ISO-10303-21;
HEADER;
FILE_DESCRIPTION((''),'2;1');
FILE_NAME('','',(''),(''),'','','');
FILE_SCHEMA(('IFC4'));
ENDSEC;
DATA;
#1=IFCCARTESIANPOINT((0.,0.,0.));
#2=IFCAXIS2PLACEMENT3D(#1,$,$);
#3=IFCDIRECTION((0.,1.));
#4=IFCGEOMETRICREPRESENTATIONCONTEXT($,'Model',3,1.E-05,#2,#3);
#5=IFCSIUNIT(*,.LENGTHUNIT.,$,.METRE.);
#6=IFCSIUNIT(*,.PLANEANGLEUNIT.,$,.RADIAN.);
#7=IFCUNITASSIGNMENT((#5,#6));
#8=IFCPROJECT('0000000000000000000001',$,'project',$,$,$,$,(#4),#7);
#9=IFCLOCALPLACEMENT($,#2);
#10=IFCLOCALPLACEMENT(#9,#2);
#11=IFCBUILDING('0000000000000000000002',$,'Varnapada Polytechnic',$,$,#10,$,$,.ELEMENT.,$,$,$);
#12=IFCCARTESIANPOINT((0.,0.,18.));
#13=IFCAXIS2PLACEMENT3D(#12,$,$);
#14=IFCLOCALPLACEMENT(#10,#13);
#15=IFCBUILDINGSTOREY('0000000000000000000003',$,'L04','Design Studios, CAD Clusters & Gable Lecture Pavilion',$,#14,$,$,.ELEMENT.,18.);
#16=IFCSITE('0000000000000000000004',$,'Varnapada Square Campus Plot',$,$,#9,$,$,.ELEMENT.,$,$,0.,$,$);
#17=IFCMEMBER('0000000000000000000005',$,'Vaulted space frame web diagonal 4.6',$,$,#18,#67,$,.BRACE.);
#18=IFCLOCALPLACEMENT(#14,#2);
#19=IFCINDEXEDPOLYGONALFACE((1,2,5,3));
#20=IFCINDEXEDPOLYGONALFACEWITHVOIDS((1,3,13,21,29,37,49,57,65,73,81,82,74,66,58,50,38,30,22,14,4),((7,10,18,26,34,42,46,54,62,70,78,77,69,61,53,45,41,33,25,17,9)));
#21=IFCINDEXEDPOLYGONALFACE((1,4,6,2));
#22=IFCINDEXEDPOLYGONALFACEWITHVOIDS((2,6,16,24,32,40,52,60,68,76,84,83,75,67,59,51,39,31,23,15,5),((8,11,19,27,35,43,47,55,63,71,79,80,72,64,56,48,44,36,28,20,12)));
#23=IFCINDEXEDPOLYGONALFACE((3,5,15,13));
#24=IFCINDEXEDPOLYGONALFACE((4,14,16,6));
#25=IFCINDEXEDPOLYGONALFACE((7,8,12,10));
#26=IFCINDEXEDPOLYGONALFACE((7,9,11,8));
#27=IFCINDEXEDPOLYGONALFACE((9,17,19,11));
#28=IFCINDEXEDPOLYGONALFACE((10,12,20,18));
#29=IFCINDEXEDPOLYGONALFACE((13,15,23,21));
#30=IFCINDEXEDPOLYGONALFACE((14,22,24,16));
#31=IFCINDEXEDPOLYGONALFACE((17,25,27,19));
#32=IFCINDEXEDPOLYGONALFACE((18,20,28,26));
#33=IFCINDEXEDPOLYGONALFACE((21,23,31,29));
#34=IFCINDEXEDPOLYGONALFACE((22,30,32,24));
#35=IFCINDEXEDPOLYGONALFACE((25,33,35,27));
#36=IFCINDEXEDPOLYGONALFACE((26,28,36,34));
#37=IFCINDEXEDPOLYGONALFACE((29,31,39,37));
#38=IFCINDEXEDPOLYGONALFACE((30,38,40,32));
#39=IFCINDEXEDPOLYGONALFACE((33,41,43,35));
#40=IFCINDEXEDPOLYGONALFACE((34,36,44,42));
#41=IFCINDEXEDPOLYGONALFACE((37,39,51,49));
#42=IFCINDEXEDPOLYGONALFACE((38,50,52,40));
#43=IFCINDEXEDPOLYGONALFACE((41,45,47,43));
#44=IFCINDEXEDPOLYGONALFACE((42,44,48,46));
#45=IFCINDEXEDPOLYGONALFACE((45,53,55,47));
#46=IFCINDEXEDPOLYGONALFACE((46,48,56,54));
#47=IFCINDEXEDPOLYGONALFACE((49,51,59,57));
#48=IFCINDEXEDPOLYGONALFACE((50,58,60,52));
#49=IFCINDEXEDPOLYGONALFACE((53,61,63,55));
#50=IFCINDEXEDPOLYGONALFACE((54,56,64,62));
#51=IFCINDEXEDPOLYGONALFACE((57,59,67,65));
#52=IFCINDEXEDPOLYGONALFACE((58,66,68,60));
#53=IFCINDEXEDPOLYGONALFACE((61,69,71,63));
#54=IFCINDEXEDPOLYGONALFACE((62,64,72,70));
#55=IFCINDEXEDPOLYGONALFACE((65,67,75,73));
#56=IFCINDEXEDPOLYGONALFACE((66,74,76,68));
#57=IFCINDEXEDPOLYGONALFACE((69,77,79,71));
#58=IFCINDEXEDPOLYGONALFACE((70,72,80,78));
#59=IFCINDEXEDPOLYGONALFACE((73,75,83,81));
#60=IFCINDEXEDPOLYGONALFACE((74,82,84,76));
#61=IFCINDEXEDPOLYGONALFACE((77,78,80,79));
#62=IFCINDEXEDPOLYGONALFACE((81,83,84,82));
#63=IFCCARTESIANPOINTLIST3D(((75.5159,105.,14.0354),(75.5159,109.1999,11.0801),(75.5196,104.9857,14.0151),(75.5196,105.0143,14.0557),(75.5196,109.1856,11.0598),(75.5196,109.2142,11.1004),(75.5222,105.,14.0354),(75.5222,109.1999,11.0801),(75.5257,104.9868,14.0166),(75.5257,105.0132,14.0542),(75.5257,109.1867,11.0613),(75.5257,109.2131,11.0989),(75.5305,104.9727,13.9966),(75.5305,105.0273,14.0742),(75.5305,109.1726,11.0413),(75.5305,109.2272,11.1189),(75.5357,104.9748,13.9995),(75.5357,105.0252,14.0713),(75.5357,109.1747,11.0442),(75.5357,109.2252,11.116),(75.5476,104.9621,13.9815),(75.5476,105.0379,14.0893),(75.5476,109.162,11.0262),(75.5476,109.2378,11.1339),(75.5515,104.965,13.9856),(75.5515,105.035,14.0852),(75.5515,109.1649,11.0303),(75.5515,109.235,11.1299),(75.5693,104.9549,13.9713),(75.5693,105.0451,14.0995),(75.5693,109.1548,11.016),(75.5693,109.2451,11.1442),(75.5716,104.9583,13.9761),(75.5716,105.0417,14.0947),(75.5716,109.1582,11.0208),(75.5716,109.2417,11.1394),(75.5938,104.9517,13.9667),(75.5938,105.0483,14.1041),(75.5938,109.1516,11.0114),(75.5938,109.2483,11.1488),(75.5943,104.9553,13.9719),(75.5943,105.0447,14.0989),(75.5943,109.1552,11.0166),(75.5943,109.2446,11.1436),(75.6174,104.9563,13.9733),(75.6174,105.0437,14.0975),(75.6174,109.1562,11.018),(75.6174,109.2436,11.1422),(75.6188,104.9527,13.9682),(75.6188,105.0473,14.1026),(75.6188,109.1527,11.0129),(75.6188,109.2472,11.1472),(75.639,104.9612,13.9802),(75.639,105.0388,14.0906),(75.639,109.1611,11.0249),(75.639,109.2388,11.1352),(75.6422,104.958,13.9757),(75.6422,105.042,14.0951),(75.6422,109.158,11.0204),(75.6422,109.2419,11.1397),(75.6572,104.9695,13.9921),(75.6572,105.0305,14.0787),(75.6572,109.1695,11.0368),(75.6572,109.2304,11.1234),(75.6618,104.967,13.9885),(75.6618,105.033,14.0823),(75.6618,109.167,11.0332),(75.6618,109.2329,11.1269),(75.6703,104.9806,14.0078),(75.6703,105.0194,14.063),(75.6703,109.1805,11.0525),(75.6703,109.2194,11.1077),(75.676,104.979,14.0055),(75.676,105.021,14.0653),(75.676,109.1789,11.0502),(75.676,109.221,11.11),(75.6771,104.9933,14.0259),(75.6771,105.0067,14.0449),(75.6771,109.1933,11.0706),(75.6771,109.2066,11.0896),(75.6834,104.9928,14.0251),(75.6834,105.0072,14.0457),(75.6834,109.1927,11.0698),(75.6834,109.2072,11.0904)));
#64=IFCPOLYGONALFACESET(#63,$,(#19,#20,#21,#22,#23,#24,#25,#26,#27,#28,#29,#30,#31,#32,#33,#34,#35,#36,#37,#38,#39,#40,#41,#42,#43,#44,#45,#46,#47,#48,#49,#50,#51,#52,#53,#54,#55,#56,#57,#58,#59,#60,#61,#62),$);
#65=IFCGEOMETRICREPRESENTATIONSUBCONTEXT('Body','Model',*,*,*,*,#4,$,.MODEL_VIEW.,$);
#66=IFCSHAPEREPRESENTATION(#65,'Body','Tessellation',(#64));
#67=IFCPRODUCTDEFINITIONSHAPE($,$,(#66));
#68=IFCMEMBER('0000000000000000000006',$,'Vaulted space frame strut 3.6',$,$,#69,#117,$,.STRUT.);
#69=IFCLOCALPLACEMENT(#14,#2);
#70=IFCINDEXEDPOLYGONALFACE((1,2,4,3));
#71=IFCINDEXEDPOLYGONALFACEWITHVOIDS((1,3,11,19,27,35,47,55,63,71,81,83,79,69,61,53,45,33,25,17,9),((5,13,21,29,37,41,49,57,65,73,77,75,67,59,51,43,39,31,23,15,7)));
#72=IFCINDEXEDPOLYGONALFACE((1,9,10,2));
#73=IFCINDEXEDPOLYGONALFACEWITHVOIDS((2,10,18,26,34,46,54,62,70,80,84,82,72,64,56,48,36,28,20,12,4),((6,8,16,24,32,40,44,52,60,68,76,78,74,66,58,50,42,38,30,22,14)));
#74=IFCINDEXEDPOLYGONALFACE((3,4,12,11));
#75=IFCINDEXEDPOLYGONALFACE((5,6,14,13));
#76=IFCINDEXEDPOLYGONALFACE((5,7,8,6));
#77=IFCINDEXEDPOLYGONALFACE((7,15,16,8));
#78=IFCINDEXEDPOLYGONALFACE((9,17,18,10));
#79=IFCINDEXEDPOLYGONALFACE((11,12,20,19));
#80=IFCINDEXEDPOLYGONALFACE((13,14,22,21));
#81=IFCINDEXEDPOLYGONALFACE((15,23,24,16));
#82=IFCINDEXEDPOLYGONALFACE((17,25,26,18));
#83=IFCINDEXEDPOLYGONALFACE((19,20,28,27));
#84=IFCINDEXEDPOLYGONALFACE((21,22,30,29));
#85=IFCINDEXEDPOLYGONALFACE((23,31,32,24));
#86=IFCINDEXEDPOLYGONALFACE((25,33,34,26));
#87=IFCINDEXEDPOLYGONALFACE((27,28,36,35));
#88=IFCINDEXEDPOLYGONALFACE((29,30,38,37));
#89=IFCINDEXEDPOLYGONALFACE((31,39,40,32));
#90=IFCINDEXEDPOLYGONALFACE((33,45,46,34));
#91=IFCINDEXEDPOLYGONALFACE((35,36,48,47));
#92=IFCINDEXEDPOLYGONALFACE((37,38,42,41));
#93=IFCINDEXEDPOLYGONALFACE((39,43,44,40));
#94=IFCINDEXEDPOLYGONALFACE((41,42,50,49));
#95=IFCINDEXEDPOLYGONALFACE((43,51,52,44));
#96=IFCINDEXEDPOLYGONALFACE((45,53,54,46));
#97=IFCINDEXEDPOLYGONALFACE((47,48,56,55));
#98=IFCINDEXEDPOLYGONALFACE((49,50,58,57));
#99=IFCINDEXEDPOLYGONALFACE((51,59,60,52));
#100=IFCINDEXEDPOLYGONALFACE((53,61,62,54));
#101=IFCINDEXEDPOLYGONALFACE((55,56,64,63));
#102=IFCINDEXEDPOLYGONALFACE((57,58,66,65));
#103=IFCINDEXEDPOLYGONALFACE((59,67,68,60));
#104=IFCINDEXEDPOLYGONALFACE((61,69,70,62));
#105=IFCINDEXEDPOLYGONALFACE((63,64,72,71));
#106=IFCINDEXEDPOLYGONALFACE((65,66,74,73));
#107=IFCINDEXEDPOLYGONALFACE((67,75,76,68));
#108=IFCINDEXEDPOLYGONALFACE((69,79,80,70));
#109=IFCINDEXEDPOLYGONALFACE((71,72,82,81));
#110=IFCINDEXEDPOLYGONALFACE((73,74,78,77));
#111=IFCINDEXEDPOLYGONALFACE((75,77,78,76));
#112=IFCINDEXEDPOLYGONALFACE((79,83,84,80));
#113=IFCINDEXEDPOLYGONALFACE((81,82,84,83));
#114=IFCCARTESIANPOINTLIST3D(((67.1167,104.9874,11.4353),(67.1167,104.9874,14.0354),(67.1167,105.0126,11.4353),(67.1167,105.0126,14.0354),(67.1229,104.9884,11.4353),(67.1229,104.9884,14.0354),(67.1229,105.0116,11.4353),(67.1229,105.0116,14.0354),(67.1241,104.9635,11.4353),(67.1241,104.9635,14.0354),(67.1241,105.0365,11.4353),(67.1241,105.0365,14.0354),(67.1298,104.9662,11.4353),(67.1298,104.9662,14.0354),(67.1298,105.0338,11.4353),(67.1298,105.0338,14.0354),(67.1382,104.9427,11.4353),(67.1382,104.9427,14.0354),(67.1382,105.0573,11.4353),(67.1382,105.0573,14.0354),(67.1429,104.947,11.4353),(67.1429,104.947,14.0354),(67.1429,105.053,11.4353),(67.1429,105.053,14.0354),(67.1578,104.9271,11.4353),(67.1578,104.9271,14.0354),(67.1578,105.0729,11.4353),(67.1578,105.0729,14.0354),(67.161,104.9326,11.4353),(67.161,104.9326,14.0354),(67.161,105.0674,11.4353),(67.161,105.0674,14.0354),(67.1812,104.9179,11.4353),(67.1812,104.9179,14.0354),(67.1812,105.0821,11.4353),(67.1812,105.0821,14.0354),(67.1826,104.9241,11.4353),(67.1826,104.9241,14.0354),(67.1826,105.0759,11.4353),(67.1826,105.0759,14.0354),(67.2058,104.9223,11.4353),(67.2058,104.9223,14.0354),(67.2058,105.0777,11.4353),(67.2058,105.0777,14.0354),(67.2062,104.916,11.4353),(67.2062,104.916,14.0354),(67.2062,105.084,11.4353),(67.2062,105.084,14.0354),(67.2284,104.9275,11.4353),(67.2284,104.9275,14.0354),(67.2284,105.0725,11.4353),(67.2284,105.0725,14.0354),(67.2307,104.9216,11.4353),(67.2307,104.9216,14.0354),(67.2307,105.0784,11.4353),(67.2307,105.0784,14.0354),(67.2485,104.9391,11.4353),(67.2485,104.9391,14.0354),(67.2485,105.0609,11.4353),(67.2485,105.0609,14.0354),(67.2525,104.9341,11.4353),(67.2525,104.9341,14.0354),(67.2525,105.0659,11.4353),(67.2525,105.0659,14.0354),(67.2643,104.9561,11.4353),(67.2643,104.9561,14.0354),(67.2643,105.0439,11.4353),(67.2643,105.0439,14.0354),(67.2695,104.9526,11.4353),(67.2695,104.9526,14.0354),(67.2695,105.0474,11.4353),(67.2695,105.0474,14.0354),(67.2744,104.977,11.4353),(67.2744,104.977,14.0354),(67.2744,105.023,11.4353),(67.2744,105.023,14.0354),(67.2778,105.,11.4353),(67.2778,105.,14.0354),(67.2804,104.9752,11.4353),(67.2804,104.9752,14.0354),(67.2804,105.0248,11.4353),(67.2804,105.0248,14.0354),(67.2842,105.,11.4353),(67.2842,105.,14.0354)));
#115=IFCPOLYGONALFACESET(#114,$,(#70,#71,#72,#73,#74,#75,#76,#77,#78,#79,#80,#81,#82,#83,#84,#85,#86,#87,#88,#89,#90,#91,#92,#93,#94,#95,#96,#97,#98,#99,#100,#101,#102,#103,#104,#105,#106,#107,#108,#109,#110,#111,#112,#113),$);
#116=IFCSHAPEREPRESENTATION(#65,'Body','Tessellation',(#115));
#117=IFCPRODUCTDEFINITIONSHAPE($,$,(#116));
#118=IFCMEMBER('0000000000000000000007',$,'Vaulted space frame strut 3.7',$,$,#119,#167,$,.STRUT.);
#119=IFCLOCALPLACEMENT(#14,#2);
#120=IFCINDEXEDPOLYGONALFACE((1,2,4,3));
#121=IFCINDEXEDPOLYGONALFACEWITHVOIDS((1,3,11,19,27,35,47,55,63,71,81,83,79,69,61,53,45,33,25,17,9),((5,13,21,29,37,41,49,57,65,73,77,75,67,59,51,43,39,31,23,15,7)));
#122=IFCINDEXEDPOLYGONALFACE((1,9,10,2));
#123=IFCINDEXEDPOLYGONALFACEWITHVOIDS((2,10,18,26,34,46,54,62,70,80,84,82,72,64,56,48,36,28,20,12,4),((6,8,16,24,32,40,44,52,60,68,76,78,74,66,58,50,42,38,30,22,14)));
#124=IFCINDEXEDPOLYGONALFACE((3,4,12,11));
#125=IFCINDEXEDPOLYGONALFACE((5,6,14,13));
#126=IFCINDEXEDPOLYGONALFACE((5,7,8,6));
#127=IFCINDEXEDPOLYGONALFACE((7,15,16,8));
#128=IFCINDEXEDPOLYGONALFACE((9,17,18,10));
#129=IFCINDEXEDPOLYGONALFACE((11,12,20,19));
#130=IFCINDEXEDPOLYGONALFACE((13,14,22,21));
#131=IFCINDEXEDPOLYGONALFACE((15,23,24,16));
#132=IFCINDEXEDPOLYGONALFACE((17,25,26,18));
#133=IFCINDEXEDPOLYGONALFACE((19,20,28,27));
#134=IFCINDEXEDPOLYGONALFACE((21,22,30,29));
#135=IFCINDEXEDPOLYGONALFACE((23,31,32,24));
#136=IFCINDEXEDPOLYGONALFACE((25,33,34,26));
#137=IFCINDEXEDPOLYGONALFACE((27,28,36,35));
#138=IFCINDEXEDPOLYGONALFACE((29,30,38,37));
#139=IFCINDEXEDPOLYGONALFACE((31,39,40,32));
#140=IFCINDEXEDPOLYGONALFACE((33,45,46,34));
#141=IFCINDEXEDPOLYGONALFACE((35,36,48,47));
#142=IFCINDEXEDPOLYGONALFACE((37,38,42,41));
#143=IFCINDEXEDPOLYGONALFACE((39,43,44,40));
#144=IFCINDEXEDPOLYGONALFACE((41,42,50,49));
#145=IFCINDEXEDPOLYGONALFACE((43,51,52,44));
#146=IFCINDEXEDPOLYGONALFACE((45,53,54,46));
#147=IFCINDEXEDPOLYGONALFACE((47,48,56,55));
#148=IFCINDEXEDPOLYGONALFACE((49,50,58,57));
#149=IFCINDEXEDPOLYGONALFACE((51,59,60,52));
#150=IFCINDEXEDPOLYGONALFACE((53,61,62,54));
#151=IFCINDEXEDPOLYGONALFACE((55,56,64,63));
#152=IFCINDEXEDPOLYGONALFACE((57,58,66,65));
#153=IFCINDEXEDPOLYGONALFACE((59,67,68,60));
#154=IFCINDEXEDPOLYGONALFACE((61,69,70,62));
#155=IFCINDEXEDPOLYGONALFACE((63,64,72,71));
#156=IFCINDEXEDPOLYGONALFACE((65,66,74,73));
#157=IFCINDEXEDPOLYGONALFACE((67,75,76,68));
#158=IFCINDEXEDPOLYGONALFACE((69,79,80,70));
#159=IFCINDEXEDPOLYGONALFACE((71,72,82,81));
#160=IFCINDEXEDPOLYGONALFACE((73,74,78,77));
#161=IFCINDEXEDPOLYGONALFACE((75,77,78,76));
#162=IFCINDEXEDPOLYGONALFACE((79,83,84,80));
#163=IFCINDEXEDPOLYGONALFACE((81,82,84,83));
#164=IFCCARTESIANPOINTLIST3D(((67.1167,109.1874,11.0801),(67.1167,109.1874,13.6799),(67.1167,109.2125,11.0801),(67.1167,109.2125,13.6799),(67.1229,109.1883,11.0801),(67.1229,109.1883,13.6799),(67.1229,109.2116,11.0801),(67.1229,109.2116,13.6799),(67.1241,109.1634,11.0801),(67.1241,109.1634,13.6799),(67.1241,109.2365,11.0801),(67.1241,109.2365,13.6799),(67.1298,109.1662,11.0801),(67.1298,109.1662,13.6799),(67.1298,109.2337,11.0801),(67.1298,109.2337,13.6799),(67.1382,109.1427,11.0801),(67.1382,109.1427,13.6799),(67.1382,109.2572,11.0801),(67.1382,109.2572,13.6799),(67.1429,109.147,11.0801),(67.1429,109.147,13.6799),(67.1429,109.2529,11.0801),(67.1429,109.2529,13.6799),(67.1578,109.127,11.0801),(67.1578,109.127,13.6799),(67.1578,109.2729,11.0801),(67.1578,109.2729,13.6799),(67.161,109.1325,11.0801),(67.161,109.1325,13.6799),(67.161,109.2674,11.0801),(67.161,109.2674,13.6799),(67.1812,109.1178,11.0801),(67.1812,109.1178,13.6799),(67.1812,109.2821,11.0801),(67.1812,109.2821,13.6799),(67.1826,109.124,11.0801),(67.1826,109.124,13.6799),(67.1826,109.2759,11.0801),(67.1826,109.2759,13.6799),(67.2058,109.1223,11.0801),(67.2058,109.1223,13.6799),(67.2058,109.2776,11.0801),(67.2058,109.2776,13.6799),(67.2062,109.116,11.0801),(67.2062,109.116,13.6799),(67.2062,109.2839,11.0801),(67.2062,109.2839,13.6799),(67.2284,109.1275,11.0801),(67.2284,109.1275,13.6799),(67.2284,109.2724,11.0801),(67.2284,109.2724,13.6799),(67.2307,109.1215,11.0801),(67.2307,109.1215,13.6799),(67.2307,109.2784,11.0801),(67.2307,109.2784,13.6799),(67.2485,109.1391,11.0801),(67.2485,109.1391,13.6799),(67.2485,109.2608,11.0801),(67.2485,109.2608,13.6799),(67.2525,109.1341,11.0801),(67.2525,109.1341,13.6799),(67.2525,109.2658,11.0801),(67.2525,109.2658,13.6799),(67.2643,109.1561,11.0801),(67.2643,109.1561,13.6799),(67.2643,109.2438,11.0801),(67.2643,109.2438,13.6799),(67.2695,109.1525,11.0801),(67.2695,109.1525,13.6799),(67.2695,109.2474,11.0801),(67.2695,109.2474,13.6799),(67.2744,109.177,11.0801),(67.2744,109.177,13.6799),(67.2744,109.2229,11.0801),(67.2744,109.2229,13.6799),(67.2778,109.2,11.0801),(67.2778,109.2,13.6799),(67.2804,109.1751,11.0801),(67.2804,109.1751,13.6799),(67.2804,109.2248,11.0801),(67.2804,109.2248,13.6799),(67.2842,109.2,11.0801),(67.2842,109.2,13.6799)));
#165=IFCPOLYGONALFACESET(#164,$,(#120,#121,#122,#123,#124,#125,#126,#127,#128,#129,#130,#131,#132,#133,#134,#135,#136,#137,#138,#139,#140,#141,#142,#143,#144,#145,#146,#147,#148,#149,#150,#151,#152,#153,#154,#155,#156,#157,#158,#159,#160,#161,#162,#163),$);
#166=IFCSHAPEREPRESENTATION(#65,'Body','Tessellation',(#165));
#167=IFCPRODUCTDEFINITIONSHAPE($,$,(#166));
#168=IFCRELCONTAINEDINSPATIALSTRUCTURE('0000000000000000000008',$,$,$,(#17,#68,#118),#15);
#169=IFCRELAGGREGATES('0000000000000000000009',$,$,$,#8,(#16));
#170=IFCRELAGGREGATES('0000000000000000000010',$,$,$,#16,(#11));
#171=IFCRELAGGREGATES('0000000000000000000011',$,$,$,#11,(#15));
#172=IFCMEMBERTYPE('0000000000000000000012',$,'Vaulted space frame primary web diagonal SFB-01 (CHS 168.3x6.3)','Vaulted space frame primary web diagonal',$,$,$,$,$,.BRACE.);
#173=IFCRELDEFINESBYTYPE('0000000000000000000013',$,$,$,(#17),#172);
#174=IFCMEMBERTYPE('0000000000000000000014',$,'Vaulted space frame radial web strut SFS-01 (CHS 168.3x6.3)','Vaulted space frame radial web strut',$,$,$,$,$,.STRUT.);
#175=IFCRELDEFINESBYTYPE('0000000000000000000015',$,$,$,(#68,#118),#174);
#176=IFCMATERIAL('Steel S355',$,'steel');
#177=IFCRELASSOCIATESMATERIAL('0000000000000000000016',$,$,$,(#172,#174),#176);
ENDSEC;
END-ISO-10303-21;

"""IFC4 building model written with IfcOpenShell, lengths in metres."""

from ifc_helpers import new_model, si_unit, direction, frame, origin, origin_2d, place, context, subcontext, project, spatial, hollow_circle, extrude, material, material_profile, profile_set, type_object, element, save


model = new_model("IFC4")

# Units and contexts
model_context = context("Model", 3, precision=1e-05, world=origin(), true_north=direction((0.0, 1.0)))
body_context = subcontext(model_context, "Body", "Model", "MODEL_VIEW")
ifc_project = project(units=[si_unit("LENGTHUNIT", "METRE"), si_unit("PLANEANGLEUNIT", "RADIAN")], contexts=[model_context])

# Site, building, storey
site_placement = place(None, origin())
site = spatial("IfcSite", under=ifc_project, at=site_placement, Name="Varnapada Square Campus Plot", CompositionType="ELEMENT", RefElevation=0.0)
building_placement = place(site_placement, origin())
building = spatial("IfcBuilding", under=site, at=building_placement, Name="Varnapada Polytechnic", CompositionType="ELEMENT")
storey_placement = place(building_placement, frame((0.0, 0.0, 18.0)))
storey = spatial("IfcBuildingStorey", under=building, at=storey_placement, Name="L04", Description="Design Studios, CAD Clusters & Gable Lecture Pavilion", CompositionType="ELEMENT", Elevation=18.0)

# Shared definitions
ifc_material = material(Name="Steel S355", Category="steel")

# Members
ifc_material_profile_1 = material_profile(ifc_material, hollow_circle(Radius=0.0842, WallThickness=0.0063, at=origin_2d()), Name="CHS 168.3x6.3")
ifc_profile_set_1 = profile_set([ifc_material_profile_1], Name="Steel S355")
member_type_1 = type_object("IfcMemberType", Name="Vaulted space frame primary web diagonal SFB-01 (CHS 168.3x6.3)", Description="Vaulted space frame primary web diagonal", PredefinedType="BRACE", material=ifc_profile_set_1)
for number, where, z_axis, x_axis, name in (
    (1, (75.6001, 105.0, 14.0354), (0.0, 0.817825, -0.575467), (-1.0, 0.0, 0.0), "Vaulted space frame web diagonal 4.6"),
):
    element("IfcMember", number, at=place(storey_placement, frame(where, z_axis=z_axis, x_axis=x_axis)), inside=storey, type_object=member_type_1, Name=name, PredefinedType="BRACE", context=body_context, shape_type="SweptSolid", body=[
        extrude(hollow_circle(Radius=0.0842, WallThickness=0.0063, at=origin_2d()), origin(), (0.0, 0.0, 1.0), 5.1355),
    ])
ifc_material_profile_2 = material_profile(ifc_material, hollow_circle(Radius=0.0842, WallThickness=0.0063, at=origin_2d()), Name="CHS 168.3x6.3")
ifc_profile_set_2 = profile_set([ifc_material_profile_2], Name="Steel S355")
member_type_2 = type_object("IfcMemberType", Name="Vaulted space frame radial web strut SFS-01 (CHS 168.3x6.3)", Description="Vaulted space frame radial web strut", PredefinedType="STRUT", material=ifc_profile_set_2)
member_1_placement = place(storey_placement, frame((67.2, 105.0, 11.4353), z_axis=(0.0, 0.0, 1.0), x_axis=(1.0, 0.0, 0.0)))
element("IfcMember", 2, at=member_1_placement, inside=storey, type_object=member_type_2, Name="Vaulted space frame strut 3.6", PredefinedType="STRUT", context=body_context, shape_type="SweptSolid", body=[
    extrude(hollow_circle(Radius=0.0842, WallThickness=0.0063, at=origin_2d()), origin(), (0.0, 0.0, 1.0), 2.6001),
])
member_2_placement = place(storey_placement, frame((67.2, 109.2, 11.0801), z_axis=(0.0, 0.0, 1.0), x_axis=(1.0, 0.0, 0.0)))
element("IfcMember", 3, at=member_2_placement, inside=storey, type_object=member_type_2, Name="Vaulted space frame strut 3.7", PredefinedType="STRUT", context=body_context, shape_type="SweptSolid", body=[
    extrude(hollow_circle(Radius=0.0842, WallThickness=0.0063, at=origin_2d()), origin(), (0.0, 0.0, 1.0), 2.5999),
])

save(model, "model.ifc")
